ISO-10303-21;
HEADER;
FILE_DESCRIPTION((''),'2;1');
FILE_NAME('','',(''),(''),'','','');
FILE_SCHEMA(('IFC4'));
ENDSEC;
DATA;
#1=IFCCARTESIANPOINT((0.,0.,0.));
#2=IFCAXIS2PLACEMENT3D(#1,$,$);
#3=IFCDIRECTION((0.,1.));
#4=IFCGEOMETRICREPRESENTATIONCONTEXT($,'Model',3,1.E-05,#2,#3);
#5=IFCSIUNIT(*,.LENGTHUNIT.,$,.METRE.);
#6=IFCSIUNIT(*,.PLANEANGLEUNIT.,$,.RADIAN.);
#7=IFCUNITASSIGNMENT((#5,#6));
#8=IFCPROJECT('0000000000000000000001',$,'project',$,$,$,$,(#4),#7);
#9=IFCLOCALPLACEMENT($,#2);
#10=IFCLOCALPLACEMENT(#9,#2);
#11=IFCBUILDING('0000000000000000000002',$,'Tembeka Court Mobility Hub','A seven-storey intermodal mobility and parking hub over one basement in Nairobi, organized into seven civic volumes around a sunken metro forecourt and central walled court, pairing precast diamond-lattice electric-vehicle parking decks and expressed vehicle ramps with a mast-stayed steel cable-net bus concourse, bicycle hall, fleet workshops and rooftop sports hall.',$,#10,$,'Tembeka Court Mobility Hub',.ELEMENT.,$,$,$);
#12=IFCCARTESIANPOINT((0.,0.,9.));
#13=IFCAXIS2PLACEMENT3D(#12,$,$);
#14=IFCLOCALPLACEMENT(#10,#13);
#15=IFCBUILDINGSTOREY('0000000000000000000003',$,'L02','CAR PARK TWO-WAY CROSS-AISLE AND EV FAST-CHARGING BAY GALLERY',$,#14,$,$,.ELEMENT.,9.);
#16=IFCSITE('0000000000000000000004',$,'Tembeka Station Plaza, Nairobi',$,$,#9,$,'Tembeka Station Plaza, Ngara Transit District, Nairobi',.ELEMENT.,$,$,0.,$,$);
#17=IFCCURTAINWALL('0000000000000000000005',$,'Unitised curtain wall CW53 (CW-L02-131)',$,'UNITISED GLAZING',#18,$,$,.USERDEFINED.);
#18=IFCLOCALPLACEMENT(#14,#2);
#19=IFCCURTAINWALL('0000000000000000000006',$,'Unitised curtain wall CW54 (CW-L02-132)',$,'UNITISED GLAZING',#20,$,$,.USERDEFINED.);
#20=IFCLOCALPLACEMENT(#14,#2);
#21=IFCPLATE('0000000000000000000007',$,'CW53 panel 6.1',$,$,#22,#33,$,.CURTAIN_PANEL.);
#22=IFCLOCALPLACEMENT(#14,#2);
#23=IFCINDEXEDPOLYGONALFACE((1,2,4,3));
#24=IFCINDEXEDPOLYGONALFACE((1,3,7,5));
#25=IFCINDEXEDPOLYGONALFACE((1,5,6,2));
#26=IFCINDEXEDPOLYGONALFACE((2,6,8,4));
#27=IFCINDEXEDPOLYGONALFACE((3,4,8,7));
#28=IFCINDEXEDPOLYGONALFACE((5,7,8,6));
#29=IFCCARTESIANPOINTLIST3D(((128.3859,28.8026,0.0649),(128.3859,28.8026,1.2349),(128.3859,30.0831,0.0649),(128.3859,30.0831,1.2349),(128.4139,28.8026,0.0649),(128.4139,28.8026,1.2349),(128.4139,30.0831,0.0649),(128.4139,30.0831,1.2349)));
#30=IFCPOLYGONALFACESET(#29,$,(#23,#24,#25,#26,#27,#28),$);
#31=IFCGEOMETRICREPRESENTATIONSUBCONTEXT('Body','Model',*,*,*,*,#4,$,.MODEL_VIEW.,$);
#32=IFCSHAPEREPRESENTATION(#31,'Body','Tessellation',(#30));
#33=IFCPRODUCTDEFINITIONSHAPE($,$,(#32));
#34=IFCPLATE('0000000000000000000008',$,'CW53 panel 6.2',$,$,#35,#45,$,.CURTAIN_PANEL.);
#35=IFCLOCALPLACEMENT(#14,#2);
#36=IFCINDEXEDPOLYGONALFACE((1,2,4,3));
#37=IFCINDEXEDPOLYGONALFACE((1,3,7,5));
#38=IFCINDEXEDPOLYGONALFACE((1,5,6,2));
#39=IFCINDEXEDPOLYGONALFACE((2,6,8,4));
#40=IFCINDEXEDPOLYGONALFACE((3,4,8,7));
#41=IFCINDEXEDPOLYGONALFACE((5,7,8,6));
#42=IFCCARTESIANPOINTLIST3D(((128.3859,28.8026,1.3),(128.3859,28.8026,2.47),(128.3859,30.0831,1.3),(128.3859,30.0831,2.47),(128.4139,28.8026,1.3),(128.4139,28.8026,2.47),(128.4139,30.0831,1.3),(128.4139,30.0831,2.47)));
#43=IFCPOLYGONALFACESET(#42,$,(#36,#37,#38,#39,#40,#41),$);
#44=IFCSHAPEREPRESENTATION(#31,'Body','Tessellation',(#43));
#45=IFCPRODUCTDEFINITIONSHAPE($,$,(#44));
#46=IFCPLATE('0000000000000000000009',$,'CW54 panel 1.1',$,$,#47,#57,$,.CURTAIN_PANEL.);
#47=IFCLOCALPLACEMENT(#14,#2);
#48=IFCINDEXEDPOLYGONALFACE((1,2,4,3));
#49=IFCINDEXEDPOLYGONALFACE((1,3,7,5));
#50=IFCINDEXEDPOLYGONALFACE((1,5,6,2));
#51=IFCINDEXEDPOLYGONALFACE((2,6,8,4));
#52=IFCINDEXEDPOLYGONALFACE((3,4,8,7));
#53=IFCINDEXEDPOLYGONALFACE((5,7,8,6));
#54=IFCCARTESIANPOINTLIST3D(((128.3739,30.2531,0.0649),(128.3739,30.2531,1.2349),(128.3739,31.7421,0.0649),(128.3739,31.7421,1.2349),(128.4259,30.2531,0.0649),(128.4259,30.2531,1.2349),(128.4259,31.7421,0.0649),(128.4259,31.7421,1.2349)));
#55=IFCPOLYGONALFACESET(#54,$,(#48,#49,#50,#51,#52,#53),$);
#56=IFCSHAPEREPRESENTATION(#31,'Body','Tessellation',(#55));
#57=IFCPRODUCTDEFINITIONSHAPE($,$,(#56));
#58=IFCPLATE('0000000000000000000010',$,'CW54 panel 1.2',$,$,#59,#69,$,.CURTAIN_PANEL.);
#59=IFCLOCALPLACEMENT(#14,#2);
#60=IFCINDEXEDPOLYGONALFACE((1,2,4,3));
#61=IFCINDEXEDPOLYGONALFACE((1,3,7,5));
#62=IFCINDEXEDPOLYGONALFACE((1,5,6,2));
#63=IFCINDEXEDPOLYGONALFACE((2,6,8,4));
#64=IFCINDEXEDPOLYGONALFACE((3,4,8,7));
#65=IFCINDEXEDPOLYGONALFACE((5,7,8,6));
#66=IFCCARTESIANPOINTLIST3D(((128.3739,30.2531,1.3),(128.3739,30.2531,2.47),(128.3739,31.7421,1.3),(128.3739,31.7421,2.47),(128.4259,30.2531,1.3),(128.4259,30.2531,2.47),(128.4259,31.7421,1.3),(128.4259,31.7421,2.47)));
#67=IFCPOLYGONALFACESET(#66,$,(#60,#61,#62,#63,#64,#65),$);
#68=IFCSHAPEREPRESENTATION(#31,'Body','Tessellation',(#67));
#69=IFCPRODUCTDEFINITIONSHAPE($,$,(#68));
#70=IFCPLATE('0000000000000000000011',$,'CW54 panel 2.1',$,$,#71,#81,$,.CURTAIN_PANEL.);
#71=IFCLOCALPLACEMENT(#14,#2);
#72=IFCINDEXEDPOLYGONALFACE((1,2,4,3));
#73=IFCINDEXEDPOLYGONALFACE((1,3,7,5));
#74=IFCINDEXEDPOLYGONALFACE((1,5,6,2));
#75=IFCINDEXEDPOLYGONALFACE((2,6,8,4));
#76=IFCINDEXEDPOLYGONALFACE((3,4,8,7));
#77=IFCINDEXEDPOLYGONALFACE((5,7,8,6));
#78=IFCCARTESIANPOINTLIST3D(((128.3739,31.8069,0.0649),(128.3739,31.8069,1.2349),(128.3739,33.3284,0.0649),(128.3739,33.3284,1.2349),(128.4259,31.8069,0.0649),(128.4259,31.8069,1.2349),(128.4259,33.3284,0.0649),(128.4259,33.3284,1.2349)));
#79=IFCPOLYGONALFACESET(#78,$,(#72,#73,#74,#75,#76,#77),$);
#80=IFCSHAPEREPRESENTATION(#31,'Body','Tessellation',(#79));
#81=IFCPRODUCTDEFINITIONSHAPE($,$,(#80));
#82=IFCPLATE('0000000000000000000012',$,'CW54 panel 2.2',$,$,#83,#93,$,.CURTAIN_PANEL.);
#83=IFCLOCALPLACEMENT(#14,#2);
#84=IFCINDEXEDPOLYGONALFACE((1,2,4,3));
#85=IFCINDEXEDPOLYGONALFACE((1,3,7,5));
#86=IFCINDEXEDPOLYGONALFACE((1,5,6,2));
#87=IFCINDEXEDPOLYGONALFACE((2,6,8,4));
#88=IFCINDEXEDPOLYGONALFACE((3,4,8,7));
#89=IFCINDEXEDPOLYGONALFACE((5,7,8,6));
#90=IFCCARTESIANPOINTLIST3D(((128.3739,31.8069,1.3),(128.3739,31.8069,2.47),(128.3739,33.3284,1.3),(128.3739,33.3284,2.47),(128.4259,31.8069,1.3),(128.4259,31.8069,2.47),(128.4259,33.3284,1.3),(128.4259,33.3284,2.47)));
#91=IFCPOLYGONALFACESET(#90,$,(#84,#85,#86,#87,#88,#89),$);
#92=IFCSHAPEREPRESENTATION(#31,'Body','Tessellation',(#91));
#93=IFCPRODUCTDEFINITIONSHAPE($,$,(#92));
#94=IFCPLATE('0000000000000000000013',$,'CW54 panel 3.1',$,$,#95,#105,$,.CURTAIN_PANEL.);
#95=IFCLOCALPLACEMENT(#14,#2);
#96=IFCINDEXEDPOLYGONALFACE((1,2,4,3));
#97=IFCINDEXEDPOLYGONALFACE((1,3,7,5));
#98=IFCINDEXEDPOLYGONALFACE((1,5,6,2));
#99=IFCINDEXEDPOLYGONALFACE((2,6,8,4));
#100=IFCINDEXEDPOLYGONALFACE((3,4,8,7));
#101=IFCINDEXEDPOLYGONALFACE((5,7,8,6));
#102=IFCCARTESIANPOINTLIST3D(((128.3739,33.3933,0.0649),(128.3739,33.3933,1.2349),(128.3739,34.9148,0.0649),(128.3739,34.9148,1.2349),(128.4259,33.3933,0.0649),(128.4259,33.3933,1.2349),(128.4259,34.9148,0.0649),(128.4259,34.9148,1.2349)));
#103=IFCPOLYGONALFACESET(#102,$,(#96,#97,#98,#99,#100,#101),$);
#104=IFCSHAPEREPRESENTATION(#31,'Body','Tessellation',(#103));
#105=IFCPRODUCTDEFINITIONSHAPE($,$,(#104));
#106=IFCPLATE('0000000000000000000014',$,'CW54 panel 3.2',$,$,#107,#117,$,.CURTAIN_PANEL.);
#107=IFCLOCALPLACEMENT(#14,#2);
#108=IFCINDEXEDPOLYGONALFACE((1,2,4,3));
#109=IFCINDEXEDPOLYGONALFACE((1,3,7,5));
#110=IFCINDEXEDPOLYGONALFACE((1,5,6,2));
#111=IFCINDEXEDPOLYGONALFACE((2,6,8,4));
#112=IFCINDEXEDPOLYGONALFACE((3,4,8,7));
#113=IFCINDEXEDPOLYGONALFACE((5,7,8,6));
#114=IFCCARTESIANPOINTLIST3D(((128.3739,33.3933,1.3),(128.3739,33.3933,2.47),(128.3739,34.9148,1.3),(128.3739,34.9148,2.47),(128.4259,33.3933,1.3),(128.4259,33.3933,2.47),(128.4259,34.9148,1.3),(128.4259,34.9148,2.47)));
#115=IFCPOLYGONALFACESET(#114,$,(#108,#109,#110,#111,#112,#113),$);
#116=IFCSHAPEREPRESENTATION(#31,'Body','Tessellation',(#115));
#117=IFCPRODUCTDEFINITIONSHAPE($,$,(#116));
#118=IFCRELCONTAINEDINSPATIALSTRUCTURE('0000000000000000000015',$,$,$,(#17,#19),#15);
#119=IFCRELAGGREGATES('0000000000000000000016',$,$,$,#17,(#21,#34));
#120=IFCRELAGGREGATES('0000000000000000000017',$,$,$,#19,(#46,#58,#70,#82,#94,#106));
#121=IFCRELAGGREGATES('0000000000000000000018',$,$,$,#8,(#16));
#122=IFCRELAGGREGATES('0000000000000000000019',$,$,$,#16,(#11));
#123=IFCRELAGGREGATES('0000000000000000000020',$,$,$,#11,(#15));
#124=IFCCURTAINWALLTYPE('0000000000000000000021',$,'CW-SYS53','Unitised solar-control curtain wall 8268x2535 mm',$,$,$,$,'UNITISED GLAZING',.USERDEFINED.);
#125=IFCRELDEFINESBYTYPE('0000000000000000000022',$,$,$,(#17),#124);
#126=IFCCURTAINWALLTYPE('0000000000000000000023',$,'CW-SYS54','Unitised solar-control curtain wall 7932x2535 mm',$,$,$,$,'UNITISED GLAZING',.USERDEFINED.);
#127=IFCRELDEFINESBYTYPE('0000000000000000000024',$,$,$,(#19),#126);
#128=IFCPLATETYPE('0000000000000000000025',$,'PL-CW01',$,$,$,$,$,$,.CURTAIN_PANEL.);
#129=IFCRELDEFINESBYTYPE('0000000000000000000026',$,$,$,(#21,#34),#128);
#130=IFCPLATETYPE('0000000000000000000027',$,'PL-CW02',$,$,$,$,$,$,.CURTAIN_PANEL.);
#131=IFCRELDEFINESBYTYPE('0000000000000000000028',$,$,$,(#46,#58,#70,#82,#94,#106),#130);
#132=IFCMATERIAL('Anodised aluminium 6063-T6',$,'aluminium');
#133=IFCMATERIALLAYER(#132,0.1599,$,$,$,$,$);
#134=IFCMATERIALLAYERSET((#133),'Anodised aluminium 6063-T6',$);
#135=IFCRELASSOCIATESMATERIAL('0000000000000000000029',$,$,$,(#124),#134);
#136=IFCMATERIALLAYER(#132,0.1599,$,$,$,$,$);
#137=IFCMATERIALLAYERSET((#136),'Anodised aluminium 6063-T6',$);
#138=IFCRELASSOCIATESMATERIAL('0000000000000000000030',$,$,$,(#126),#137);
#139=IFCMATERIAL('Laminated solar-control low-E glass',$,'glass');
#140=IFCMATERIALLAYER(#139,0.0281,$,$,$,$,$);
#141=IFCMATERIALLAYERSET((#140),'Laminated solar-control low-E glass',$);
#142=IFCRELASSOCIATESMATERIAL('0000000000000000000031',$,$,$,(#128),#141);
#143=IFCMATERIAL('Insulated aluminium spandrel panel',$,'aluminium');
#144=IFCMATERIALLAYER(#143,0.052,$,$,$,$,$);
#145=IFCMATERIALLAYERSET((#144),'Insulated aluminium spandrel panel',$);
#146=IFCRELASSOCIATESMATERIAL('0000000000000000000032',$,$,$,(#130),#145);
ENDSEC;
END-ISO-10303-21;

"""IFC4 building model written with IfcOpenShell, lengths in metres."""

from ifc_helpers import new_model, si_unit, direction, frame, origin, origin_2d, place, context, subcontext, project, spatial, rectangle, extrude, material, layer, layer_set, type_object, element, aggregate, save


model = new_model("IFC4")

# Units and contexts
model_context = context("Model", 3, precision=1e-05, world=origin(), true_north=direction((0.0, 1.0)))
body_context = subcontext(model_context, "Body", "Model", "MODEL_VIEW")
ifc_project = project(units=[si_unit("LENGTHUNIT", "METRE"), si_unit("PLANEANGLEUNIT", "RADIAN")], contexts=[model_context])

# Site, building, storey
site_placement = place(None, origin())
site = spatial("IfcSite", under=ifc_project, at=site_placement, Name="Tembeka Station Plaza, Nairobi", LongName="Tembeka Station Plaza, Ngara Transit District, Nairobi", CompositionType="ELEMENT", RefElevation=0.0)
building_placement = place(site_placement, origin())
building = spatial("IfcBuilding", under=site, at=building_placement, Name="Tembeka Court Mobility Hub", Description="A seven-storey intermodal mobility and parking hub over one basement in Nairobi, organized into seven civic volumes around a sunken metro forecourt and central walled court, pairing precast diamond-lattice electric-vehicle parking decks and expressed vehicle ramps with a mast-stayed steel cable-net bus concourse, bicycle hall, fleet workshops and rooftop sports hall.", LongName="Tembeka Court Mobility Hub", CompositionType="ELEMENT")
storey_placement = place(building_placement, frame((0.0, 0.0, 9.0)))
storey = spatial("IfcBuildingStorey", under=building, at=storey_placement, Name="L02", Description="CAR PARK TWO-WAY CROSS-AISLE AND EV FAST-CHARGING BAY GALLERY", CompositionType="ELEMENT", Elevation=9.0)

# Curtain walls
ifc_material_1 = material(Name="Anodised aluminium 6063-T6", Category="aluminium")
ifc_layer_1 = layer(ifc_material_1, 0.1599)
ifc_layer_set_1 = layer_set([ifc_layer_1], Name="Anodised aluminium 6063-T6")
curtain_wall_type_1 = type_object("IfcCurtainWallType", Name="CW-SYS53", Description="Unitised solar-control curtain wall 8268x2535 mm", ElementType="UNITISED GLAZING", PredefinedType="USERDEFINED", material=ifc_layer_set_1)
curtain_wall_1_placement = place(storey_placement, origin())
curtain_wall_1 = element("IfcCurtainWall", 1, at=curtain_wall_1_placement, inside=storey, type_object=curtain_wall_type_1, Name="Unitised curtain wall CW53 (CW-L02-131)", ObjectType="UNITISED GLAZING", PredefinedType="USERDEFINED")
ifc_layer_2 = layer(ifc_material_1, 0.1599)
ifc_layer_set_2 = layer_set([ifc_layer_2], Name="Anodised aluminium 6063-T6")
curtain_wall_type_2 = type_object("IfcCurtainWallType", Name="CW-SYS54", Description="Unitised solar-control curtain wall 7932x2535 mm", ElementType="UNITISED GLAZING", PredefinedType="USERDEFINED", material=ifc_layer_set_2)
curtain_wall_2_placement = place(storey_placement, origin())
curtain_wall_2 = element("IfcCurtainWall", 2, at=curtain_wall_2_placement, inside=storey, type_object=curtain_wall_type_2, Name="Unitised curtain wall CW54 (CW-L02-132)", ObjectType="UNITISED GLAZING", PredefinedType="USERDEFINED")

# Plates
ifc_material_2 = material(Name="Laminated solar-control low-E glass", Category="glass")
ifc_layer_3 = layer(ifc_material_2, 0.0281)
ifc_layer_set_3 = layer_set([ifc_layer_3], Name="Laminated solar-control low-E glass")
plate_type_1 = type_object("IfcPlateType", Name="PL-CW01", PredefinedType="CURTAIN_PANEL", material=ifc_layer_set_3)
plate_1_placement = place(storey_placement, frame((128.3999, 29.4429, 0.0649), z_axis=(0.0, 0.0, 1.0), x_axis=(0.0, 1.0, 0.0)))
plate_1 = element("IfcPlate", 3, at=plate_1_placement, type_object=plate_type_1, Name="CW53 panel 6.1", PredefinedType="CURTAIN_PANEL", context=body_context, shape_type="SweptSolid", body=[
    extrude(rectangle(XDim=1.2805, YDim=0.0281, at=origin_2d()), origin(), (0.0, 0.0, 1.0), 1.1699),
])
plate_2_placement = place(storey_placement, frame((128.3999, 29.4429, 1.3), z_axis=(0.0, 0.0, 1.0), x_axis=(0.0, 1.0, 0.0)))
plate_2 = element("IfcPlate", 4, at=plate_2_placement, type_object=plate_type_1, Name="CW53 panel 6.2", PredefinedType="CURTAIN_PANEL", context=body_context, shape_type="SweptSolid", body=[
    extrude(rectangle(XDim=1.2805, YDim=0.0281, at=origin_2d()), origin(), (0.0, 0.0, 1.0), 1.1699),
])
aggregate(curtain_wall_1, [plate_1, plate_2])
ifc_material_3 = material(Name="Insulated aluminium spandrel panel", Category="aluminium")
ifc_layer_4 = layer(ifc_material_3, 0.052)
ifc_layer_set_4 = layer_set([ifc_layer_4], Name="Insulated aluminium spandrel panel")
plate_type_2 = type_object("IfcPlateType", Name="PL-CW02", PredefinedType="CURTAIN_PANEL", material=ifc_layer_set_4)
plate_3_placement = place(storey_placement, frame((128.3999, 30.9976, 0.0649), z_axis=(0.0, 0.0, 1.0), x_axis=(0.0, 1.0, 0.0)))
plate_3 = element("IfcPlate", 5, at=plate_3_placement, type_object=plate_type_2, Name="CW54 panel 1.1", PredefinedType="CURTAIN_PANEL", context=body_context, shape_type="SweptSolid", body=[
    extrude(rectangle(XDim=1.489, YDim=0.052, at=origin_2d()), origin(), (0.0, 0.0, 1.0), 1.1699),
])
plate_4_placement = place(storey_placement, frame((128.3999, 30.9976, 1.3), z_axis=(0.0, 0.0, 1.0), x_axis=(0.0, 1.0, 0.0)))
plate_4 = element("IfcPlate", 6, at=plate_4_placement, type_object=plate_type_2, Name="CW54 panel 1.2", PredefinedType="CURTAIN_PANEL", context=body_context, shape_type="SweptSolid", body=[
    extrude(rectangle(XDim=1.489, YDim=0.052, at=origin_2d()), origin(), (0.0, 0.0, 1.0), 1.1699),
])
plate_5_placement = place(storey_placement, frame((128.3999, 32.5676, 0.0649), z_axis=(0.0, 0.0, 1.0), x_axis=(0.0, 1.0, 0.0)))
plate_5 = element("IfcPlate", 7, at=plate_5_placement, type_object=plate_type_2, Name="CW54 panel 2.1", PredefinedType="CURTAIN_PANEL", context=body_context, shape_type="SweptSolid", body=[
    extrude(rectangle(XDim=1.5215, YDim=0.052, at=origin_2d()), origin(), (0.0, 0.0, 1.0), 1.1699),
])
plate_6_placement = place(storey_placement, frame((128.3999, 32.5676, 1.3), z_axis=(0.0, 0.0, 1.0), x_axis=(0.0, 1.0, 0.0)))
plate_6 = element("IfcPlate", 8, at=plate_6_placement, type_object=plate_type_2, Name="CW54 panel 2.2", PredefinedType="CURTAIN_PANEL", context=body_context, shape_type="SweptSolid", body=[
    extrude(rectangle(XDim=1.5215, YDim=0.052, at=origin_2d()), origin(), (0.0, 0.0, 1.0), 1.1699),
])
plate_7_placement = place(storey_placement, frame((128.3999, 34.1541, 0.0649), z_axis=(0.0, 0.0, 1.0), x_axis=(0.0, 1.0, 0.0)))
plate_7 = element("IfcPlate", 9, at=plate_7_placement, type_object=plate_type_2, Name="CW54 panel 3.1", PredefinedType="CURTAIN_PANEL", context=body_context, shape_type="SweptSolid", body=[
    extrude(rectangle(XDim=1.5215, YDim=0.052, at=origin_2d()), origin(), (0.0, 0.0, 1.0), 1.1699),
])
plate_8_placement = place(storey_placement, frame((128.3999, 34.1541, 1.3), z_axis=(0.0, 0.0, 1.0), x_axis=(0.0, 1.0, 0.0)))
plate_8 = element("IfcPlate", 10, at=plate_8_placement, type_object=plate_type_2, Name="CW54 panel 3.2", PredefinedType="CURTAIN_PANEL", context=body_context, shape_type="SweptSolid", body=[
    extrude(rectangle(XDim=1.5215, YDim=0.052, at=origin_2d()), origin(), (0.0, 0.0, 1.0), 1.1699),
])
aggregate(curtain_wall_2, [plate_3, plate_4, plate_5, plate_6, plate_7, plate_8])

save(model, "model.ifc")
